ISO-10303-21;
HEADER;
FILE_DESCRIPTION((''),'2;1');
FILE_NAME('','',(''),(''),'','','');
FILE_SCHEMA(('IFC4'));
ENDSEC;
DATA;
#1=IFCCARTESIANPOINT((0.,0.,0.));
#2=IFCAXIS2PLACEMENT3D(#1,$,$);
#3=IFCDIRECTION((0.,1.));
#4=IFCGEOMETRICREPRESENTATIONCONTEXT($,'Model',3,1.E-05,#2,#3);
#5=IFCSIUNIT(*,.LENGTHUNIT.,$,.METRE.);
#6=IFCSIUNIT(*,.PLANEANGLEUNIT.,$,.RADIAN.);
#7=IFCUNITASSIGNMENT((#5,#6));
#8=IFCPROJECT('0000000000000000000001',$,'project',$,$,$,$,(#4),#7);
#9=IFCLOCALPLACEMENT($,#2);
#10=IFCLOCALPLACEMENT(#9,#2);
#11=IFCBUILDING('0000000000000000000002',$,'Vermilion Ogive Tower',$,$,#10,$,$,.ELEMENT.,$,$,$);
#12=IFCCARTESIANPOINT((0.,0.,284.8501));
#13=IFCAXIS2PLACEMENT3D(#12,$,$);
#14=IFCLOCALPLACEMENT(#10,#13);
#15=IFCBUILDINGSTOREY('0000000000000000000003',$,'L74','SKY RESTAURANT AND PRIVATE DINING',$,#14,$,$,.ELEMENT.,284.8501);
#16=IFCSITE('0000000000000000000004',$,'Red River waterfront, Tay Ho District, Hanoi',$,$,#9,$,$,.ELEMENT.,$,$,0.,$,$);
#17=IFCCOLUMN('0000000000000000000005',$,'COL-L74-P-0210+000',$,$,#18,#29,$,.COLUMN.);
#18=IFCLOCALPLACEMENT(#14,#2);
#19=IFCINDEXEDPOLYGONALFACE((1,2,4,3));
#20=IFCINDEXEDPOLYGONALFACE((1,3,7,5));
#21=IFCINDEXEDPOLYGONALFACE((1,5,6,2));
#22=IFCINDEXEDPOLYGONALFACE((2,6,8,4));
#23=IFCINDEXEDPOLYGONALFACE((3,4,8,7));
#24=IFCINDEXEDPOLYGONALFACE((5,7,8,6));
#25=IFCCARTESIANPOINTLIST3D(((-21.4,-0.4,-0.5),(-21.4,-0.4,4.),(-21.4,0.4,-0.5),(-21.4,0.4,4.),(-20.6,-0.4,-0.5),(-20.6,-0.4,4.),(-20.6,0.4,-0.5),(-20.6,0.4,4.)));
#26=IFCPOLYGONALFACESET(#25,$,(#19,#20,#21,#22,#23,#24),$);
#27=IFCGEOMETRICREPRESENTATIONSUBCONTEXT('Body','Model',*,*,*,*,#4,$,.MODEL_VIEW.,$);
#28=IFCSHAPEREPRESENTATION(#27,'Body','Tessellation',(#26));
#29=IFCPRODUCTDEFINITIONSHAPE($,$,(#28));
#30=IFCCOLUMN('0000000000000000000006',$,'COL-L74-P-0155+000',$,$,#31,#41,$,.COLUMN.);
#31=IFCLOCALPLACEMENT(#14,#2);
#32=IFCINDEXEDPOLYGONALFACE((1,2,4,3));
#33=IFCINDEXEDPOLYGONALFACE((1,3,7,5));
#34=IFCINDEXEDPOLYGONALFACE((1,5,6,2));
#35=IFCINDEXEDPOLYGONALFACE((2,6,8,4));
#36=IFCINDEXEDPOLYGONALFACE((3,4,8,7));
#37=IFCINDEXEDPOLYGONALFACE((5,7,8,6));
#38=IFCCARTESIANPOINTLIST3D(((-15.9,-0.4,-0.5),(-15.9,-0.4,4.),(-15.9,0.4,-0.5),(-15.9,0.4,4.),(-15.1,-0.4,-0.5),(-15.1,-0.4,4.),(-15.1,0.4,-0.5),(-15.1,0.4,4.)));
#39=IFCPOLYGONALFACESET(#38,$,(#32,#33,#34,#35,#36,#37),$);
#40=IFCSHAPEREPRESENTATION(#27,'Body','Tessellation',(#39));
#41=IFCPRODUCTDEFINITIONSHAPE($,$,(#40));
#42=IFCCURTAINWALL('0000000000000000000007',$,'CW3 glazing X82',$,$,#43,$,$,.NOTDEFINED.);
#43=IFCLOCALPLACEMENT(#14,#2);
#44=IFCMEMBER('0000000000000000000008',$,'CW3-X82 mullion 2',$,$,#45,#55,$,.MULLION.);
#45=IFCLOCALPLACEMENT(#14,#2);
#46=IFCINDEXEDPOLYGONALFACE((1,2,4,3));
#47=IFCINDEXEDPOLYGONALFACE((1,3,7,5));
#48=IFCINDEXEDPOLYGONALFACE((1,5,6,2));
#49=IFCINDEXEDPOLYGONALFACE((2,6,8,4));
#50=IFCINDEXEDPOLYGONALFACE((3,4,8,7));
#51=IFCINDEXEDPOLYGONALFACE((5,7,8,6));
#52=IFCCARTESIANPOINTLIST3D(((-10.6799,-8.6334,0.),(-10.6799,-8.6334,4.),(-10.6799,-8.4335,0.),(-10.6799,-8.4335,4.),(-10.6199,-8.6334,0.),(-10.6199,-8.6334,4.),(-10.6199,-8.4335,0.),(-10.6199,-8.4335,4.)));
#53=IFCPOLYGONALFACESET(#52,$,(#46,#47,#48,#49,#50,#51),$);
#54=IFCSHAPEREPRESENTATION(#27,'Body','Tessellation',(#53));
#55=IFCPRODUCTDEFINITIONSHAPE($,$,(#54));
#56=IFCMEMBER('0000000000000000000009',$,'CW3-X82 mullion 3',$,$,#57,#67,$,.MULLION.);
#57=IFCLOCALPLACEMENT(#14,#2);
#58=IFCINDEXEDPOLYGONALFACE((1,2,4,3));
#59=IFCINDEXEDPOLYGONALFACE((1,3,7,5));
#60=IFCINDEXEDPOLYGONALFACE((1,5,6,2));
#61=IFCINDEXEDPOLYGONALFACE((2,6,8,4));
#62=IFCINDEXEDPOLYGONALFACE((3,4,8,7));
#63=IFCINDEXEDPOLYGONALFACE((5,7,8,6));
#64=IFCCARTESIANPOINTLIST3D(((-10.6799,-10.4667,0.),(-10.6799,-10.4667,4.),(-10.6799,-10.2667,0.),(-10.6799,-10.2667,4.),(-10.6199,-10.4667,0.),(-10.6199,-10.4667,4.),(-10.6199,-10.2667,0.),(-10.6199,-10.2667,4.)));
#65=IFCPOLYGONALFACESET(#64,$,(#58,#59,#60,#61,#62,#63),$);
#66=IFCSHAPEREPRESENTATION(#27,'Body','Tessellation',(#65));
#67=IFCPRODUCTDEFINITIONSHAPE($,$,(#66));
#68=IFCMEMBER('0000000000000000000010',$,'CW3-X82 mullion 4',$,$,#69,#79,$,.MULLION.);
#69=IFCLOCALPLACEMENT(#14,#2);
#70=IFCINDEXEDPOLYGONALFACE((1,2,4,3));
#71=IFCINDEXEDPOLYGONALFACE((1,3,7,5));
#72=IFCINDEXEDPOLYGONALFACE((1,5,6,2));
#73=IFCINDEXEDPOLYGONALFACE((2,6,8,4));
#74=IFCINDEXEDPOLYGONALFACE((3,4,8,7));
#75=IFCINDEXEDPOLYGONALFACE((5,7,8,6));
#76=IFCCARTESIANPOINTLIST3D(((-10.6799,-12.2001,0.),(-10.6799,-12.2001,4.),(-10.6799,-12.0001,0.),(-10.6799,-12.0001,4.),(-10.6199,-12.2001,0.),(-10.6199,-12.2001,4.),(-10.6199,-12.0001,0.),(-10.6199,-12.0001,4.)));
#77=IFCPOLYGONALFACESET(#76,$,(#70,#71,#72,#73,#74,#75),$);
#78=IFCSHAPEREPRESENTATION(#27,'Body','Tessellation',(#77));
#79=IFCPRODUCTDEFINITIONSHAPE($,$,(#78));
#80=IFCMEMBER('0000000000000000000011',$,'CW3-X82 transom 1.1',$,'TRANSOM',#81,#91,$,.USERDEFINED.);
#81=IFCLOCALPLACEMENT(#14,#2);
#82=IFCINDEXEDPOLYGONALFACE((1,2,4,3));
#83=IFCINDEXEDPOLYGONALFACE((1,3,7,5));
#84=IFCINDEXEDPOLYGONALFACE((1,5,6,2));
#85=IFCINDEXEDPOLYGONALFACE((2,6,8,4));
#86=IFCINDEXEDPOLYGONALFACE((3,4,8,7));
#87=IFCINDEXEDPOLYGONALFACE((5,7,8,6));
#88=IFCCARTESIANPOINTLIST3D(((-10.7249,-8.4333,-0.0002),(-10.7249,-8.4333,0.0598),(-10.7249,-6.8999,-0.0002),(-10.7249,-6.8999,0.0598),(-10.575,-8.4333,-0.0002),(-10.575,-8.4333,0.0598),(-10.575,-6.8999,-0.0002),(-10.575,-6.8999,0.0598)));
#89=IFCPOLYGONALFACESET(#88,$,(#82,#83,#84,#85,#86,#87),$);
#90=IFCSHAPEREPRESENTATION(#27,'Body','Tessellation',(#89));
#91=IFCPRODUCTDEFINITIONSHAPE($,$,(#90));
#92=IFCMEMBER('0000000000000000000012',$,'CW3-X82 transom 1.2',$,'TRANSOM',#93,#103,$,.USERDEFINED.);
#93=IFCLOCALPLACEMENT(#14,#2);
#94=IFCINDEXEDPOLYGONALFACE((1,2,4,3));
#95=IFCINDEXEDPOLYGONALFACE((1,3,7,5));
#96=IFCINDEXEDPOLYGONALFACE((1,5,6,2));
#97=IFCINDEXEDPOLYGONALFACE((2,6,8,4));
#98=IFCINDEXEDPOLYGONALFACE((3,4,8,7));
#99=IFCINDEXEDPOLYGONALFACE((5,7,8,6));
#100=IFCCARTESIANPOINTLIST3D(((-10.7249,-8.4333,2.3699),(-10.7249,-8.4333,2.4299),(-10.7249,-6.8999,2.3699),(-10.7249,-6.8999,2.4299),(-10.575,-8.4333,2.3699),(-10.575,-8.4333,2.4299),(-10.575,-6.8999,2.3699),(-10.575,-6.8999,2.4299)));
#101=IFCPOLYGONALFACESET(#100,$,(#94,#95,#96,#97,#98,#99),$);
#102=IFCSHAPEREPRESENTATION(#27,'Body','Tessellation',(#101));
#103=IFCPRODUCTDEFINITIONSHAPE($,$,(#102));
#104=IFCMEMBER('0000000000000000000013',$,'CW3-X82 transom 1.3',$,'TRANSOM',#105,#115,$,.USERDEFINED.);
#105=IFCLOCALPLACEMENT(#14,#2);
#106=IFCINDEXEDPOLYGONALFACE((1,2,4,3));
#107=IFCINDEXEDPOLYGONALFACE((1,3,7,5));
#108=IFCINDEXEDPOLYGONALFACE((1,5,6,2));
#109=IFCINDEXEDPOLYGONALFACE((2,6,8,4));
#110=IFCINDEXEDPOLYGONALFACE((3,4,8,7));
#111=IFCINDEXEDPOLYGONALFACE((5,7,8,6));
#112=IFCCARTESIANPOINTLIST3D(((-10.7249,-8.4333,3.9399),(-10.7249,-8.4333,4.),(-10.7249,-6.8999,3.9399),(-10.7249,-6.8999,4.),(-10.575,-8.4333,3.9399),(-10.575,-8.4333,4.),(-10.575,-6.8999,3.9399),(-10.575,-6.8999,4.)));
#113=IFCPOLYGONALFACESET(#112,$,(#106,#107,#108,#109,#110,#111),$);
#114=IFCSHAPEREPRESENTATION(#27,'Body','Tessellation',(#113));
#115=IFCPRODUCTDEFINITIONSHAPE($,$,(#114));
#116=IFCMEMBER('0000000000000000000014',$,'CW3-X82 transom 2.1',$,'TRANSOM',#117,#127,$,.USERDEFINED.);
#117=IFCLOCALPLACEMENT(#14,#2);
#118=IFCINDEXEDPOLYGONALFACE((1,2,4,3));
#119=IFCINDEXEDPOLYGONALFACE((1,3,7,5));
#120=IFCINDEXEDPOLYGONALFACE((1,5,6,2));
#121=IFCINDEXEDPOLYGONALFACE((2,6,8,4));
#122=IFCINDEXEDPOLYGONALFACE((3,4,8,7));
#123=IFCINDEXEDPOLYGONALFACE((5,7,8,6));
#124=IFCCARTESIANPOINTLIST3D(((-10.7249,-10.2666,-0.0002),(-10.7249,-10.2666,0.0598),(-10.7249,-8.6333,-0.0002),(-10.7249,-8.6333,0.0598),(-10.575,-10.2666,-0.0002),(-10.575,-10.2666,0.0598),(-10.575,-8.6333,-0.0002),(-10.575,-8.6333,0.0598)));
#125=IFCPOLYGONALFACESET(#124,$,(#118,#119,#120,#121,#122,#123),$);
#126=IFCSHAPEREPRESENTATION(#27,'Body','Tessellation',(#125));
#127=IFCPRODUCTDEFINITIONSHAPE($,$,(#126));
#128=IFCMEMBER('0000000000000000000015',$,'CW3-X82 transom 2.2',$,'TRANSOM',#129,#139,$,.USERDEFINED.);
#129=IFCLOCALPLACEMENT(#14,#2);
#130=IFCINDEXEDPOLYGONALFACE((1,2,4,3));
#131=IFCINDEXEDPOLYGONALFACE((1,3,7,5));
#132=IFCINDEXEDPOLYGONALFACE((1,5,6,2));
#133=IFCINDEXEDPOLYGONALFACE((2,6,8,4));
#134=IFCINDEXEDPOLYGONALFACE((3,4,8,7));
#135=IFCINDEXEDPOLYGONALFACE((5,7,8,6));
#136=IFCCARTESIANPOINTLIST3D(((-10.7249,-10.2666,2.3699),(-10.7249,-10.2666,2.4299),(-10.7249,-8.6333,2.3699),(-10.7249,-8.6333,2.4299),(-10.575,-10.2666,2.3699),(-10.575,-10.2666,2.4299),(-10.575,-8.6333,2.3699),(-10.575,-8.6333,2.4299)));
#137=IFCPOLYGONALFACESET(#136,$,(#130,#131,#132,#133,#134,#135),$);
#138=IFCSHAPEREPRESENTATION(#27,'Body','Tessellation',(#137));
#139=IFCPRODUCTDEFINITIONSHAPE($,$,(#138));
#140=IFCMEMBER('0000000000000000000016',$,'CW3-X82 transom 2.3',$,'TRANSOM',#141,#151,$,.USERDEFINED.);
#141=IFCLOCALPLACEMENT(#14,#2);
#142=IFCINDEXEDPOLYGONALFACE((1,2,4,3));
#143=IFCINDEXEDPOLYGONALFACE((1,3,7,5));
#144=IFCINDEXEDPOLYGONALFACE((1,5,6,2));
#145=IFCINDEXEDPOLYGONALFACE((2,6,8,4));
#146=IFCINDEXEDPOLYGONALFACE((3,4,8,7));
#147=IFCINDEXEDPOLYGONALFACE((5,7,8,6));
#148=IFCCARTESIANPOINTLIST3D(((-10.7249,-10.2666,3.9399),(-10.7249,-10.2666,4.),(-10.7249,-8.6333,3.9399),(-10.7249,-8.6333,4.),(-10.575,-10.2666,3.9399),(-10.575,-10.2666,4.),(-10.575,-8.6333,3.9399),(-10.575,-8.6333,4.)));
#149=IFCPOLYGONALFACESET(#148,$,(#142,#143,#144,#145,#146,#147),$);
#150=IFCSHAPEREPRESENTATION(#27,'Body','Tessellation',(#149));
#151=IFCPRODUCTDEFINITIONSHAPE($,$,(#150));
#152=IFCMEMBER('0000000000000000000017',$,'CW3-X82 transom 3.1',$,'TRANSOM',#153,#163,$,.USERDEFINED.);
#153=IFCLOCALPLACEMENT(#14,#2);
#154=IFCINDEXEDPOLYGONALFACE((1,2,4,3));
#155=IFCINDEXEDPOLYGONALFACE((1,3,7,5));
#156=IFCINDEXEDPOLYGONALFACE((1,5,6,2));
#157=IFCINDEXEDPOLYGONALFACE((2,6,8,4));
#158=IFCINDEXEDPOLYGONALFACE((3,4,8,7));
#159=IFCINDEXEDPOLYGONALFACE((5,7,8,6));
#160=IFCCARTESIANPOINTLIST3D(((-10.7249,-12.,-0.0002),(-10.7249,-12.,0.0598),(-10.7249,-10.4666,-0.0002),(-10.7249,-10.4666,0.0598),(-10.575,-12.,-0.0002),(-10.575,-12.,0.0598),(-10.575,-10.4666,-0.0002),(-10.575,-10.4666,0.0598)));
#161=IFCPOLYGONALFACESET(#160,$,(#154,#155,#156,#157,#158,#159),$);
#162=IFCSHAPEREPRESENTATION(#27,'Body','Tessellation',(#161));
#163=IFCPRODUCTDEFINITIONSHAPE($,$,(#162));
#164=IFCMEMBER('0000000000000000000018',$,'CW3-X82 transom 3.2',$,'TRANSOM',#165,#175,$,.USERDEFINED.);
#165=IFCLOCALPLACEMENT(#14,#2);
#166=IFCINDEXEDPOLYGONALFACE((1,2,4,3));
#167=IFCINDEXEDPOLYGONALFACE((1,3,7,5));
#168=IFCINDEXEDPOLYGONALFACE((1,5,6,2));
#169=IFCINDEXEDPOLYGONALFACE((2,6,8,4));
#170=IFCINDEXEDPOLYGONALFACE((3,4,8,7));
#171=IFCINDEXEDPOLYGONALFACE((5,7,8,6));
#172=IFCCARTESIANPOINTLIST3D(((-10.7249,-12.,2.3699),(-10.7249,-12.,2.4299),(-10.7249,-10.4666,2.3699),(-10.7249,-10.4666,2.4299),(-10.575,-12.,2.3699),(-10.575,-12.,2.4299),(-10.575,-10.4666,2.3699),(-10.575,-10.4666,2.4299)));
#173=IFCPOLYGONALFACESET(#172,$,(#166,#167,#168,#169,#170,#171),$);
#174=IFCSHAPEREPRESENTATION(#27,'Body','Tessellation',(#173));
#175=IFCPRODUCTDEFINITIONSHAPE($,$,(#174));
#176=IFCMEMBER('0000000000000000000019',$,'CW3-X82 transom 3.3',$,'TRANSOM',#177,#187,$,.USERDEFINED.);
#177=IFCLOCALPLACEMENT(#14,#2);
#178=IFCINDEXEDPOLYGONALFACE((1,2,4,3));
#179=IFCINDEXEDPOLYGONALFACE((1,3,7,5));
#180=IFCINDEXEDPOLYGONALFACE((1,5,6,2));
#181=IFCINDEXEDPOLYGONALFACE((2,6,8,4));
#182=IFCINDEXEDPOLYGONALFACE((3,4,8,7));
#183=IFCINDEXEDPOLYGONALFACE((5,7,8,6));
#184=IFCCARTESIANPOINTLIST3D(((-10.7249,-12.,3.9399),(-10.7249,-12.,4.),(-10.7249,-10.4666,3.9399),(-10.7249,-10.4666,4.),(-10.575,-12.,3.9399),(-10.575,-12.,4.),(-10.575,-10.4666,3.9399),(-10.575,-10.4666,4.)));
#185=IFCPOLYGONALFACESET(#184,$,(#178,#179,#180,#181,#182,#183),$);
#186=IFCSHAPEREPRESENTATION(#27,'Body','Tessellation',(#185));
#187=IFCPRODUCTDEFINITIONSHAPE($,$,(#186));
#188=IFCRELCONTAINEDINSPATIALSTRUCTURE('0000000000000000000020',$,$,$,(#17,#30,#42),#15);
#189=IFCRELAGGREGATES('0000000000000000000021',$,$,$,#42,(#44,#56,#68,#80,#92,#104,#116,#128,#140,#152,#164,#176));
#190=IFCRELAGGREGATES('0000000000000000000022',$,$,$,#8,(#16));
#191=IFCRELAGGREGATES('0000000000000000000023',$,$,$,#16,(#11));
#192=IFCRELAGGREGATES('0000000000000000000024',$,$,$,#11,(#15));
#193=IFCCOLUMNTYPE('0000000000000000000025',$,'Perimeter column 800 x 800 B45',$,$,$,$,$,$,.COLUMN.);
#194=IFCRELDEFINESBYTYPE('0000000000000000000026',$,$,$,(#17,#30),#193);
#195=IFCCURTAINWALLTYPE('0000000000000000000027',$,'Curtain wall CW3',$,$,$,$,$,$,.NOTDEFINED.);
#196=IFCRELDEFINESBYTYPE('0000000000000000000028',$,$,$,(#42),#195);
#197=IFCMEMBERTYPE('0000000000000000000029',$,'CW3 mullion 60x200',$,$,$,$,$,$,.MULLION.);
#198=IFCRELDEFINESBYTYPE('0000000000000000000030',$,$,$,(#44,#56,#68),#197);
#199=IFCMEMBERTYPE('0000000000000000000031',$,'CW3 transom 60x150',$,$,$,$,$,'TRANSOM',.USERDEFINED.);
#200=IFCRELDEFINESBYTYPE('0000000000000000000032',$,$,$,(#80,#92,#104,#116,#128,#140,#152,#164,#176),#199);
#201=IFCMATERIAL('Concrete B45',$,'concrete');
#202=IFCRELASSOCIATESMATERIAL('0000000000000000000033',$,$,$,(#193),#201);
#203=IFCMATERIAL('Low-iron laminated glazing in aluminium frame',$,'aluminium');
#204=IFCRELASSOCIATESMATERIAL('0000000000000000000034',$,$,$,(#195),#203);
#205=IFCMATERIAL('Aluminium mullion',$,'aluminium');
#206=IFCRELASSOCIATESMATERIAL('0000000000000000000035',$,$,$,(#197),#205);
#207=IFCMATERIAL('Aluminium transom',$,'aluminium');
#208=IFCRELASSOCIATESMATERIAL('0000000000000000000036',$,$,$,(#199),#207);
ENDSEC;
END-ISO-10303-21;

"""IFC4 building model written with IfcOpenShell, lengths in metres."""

from ifc_helpers import new_model, si_unit, direction, frame, origin, origin_2d, place, context, subcontext, project, spatial, rectangle, extrude, material, material_profile, profile_set, type_object, element, aggregate, save


model = new_model("IFC4")

# Units and contexts
model_context = context("Model", 3, precision=1e-05, world=origin(), true_north=direction((0.0, 1.0)))
body_context = subcontext(model_context, "Body", "Model", "MODEL_VIEW")
ifc_project = project(units=[si_unit("LENGTHUNIT", "METRE"), si_unit("PLANEANGLEUNIT", "RADIAN")], contexts=[model_context])

# Site, building, storey
site_placement = place(None, origin())
site = spatial("IfcSite", under=ifc_project, at=site_placement, Name="Red River waterfront, Tay Ho District, Hanoi", CompositionType="ELEMENT", RefElevation=0.0)
building_placement = place(site_placement, origin())
building = spatial("IfcBuilding", under=site, at=building_placement, Name="Vermilion Ogive Tower", CompositionType="ELEMENT")
storey_placement = place(building_placement, frame((0.0, 0.0, 284.8501)))
storey = spatial("IfcBuildingStorey", under=building, at=storey_placement, Name="L74", Description="SKY RESTAURANT AND PRIVATE DINING", CompositionType="ELEMENT", Elevation=284.8501)

# Columns
ifc_material_1 = material(Name="Concrete B45", Category="concrete")
ifc_material_profile_1 = material_profile(ifc_material_1, rectangle(XDim=0.8, YDim=0.8, at=origin_2d()), Name="800 x 800")
ifc_profile_set_1 = profile_set([ifc_material_profile_1], Name="Concrete B45")
column_type = type_object("IfcColumnType", Name="Perimeter column 800 x 800 B45", PredefinedType="COLUMN", material=ifc_profile_set_1)
for number, where, z_axis, x_axis, name in (
    (1, (-21.0, 0.0, -0.5), (0.0, 0.0, 1.0), (1.0, 0.0, 0.0), "COL-L74-P-0210+000"),
    (2, (-15.5, 0.0, -0.5), (0.0, 0.0, 1.0), (1.0, 0.0, 0.0), "COL-L74-P-0155+000"),
):
    element("IfcColumn", number, at=place(storey_placement, frame(where, z_axis=z_axis, x_axis=x_axis)), inside=storey, type_object=column_type, Name=name, PredefinedType="COLUMN", context=body_context, shape_type="SweptSolid", body=[
        extrude(rectangle(XDim=0.8, YDim=0.8, at=origin_2d()), origin(), (0.0, 0.0, 1.0), 4.5),
    ])

# Curtain wall, members
ifc_material_2 = material(Name="Low-iron laminated glazing in aluminium frame", Category="aluminium")
curtain_wall_type = type_object("IfcCurtainWallType", Name="Curtain wall CW3", PredefinedType="NOTDEFINED", material=ifc_material_2)
curtain_wall_placement = place(storey_placement, origin())
curtain_wall = element("IfcCurtainWall", 3, at=curtain_wall_placement, inside=storey, type_object=curtain_wall_type, Name="CW3 glazing X82", PredefinedType="NOTDEFINED")
ifc_material_3 = material(Name="Aluminium mullion", Category="aluminium")
ifc_material_profile_2 = material_profile(ifc_material_3, rectangle(XDim=0.0601, YDim=0.2, at=origin_2d()), Name="AL 60x200")
ifc_profile_set_2 = profile_set([ifc_material_profile_2], Name="Aluminium mullion")
member_type_1 = type_object("IfcMemberType", Name="CW3 mullion 60x200", PredefinedType="MULLION", material=ifc_profile_set_2)
member_1_placement = place(storey_placement, frame((-10.6499, -8.5334, 0.0), z_axis=(0.0, 0.0, 1.0), x_axis=(1.0, 0.0, 0.0)))
member_1 = element("IfcMember", 4, at=member_1_placement, type_object=member_type_1, Name="CW3-X82 mullion 2", PredefinedType="MULLION", context=body_context, shape_type="SweptSolid", body=[
    extrude(rectangle(XDim=0.0601, YDim=0.2, at=origin_2d()), origin(), (0.0, 0.0, 1.0), 4.0),
])
member_2_placement = place(storey_placement, frame((-10.6499, -10.3667, 0.0), z_axis=(0.0, 0.0, 1.0), x_axis=(1.0, 0.0, 0.0)))
member_2 = element("IfcMember", 5, at=member_2_placement, type_object=member_type_1, Name="CW3-X82 mullion 3", PredefinedType="MULLION", context=body_context, shape_type="SweptSolid", body=[
    extrude(rectangle(XDim=0.0601, YDim=0.2, at=origin_2d()), origin(), (0.0, 0.0, 1.0), 4.0),
])
member_3_placement = place(storey_placement, frame((-10.6499, -12.1001, 0.0), z_axis=(0.0, 0.0, 1.0), x_axis=(1.0, 0.0, 0.0)))
member_3 = element("IfcMember", 6, at=member_3_placement, type_object=member_type_1, Name="CW3-X82 mullion 4", PredefinedType="MULLION", context=body_context, shape_type="SweptSolid", body=[
    extrude(rectangle(XDim=0.0601, YDim=0.2, at=origin_2d()), origin(), (0.0, 0.0, 1.0), 4.0),
])
ifc_material_4 = material(Name="Aluminium transom", Category="aluminium")
ifc_material_profile_3 = material_profile(ifc_material_4, rectangle(XDim=0.1499, YDim=0.0601, at=origin_2d()), Name="AL 60x150")
ifc_profile_set_3 = profile_set([ifc_material_profile_3], Name="Aluminium transom")
member_type_2 = type_object("IfcMemberType", Name="CW3 transom 60x150", ElementType="TRANSOM", PredefinedType="USERDEFINED", material=ifc_profile_set_3)
member_4_placement = place(storey_placement, frame((-10.6499, -6.8999, 0.0298), z_axis=(0.0, -1.0, 0.0), x_axis=(1.0, 0.0, 0.0)))
member_4 = element("IfcMember", 7, at=member_4_placement, type_object=member_type_2, Name="CW3-X82 transom 1.1", ObjectType="TRANSOM", PredefinedType="USERDEFINED", context=body_context, shape_type="SweptSolid", body=[
    extrude(rectangle(XDim=0.1499, YDim=0.0601, at=origin_2d()), origin(), (0.0, 0.0, 1.0), 1.5334),
])
member_5_placement = place(storey_placement, frame((-10.6499, -6.8999, 2.3999), z_axis=(0.0, -1.0, 0.0), x_axis=(1.0, 0.0, 0.0)))
member_5 = element("IfcMember", 8, at=member_5_placement, type_object=member_type_2, Name="CW3-X82 transom 1.2", ObjectType="TRANSOM", PredefinedType="USERDEFINED", context=body_context, shape_type="SweptSolid", body=[
    extrude(rectangle(XDim=0.1499, YDim=0.0601, at=origin_2d()), origin(), (0.0, 0.0, 1.0), 1.5334),
])
member_6_placement = place(storey_placement, frame((-10.6499, -6.8999, 3.97), z_axis=(0.0, -1.0, 0.0), x_axis=(1.0, 0.0, 0.0)))
member_6 = element("IfcMember", 9, at=member_6_placement, type_object=member_type_2, Name="CW3-X82 transom 1.3", ObjectType="TRANSOM", PredefinedType="USERDEFINED", context=body_context, shape_type="SweptSolid", body=[
    extrude(rectangle(XDim=0.1499, YDim=0.0601, at=origin_2d()), origin(), (0.0, 0.0, 1.0), 1.5334),
])
member_7_placement = place(storey_placement, frame((-10.6499, -8.6333, 0.0298), z_axis=(0.0, -1.0, 0.0), x_axis=(1.0, 0.0, 0.0)))
member_7 = element("IfcMember", 10, at=member_7_placement, type_object=member_type_2, Name="CW3-X82 transom 2.1", ObjectType="TRANSOM", PredefinedType="USERDEFINED", context=body_context, shape_type="SweptSolid", body=[
    extrude(rectangle(XDim=0.1499, YDim=0.0601, at=origin_2d()), origin(), (0.0, 0.0, 1.0), 1.6333),
])
member_8_placement = place(storey_placement, frame((-10.6499, -8.6333, 2.3999), z_axis=(0.0, -1.0, 0.0), x_axis=(1.0, 0.0, 0.0)))
member_8 = element("IfcMember", 11, at=member_8_placement, type_object=member_type_2, Name="CW3-X82 transom 2.2", ObjectType="TRANSOM", PredefinedType="USERDEFINED", context=body_context, shape_type="SweptSolid", body=[
    extrude(rectangle(XDim=0.1499, YDim=0.0601, at=origin_2d()), origin(), (0.0, 0.0, 1.0), 1.6333),
])
member_9_placement = place(storey_placement, frame((-10.6499, -8.6333, 3.97), z_axis=(0.0, -1.0, 0.0), x_axis=(1.0, 0.0, 0.0)))
member_9 = element("IfcMember", 12, at=member_9_placement, type_object=member_type_2, Name="CW3-X82 transom 2.3", ObjectType="TRANSOM", PredefinedType="USERDEFINED", context=body_context, shape_type="SweptSolid", body=[
    extrude(rectangle(XDim=0.1499, YDim=0.0601, at=origin_2d()), origin(), (0.0, 0.0, 1.0), 1.6333),
])
member_10_placement = place(storey_placement, frame((-10.6499, -10.4666, 0.0298), z_axis=(0.0, -1.0, 0.0), x_axis=(1.0, 0.0, 0.0)))
member_10 = element("IfcMember", 13, at=member_10_placement, type_object=member_type_2, Name="CW3-X82 transom 3.1", ObjectType="TRANSOM", PredefinedType="USERDEFINED", context=body_context, shape_type="SweptSolid", body=[
    extrude(rectangle(XDim=0.1499, YDim=0.0601, at=origin_2d()), origin(), (0.0, 0.0, 1.0), 1.5334),
])
member_11_placement = place(storey_placement, frame((-10.6499, -10.4666, 2.3999), z_axis=(0.0, -1.0, 0.0), x_axis=(1.0, 0.0, 0.0)))
member_11 = element("IfcMember", 14, at=member_11_placement, type_object=member_type_2, Name="CW3-X82 transom 3.2", ObjectType="TRANSOM", PredefinedType="USERDEFINED", context=body_context, shape_type="SweptSolid", body=[
    extrude(rectangle(XDim=0.1499, YDim=0.0601, at=origin_2d()), origin(), (0.0, 0.0, 1.0), 1.5334),
])
member_12_placement = place(storey_placement, frame((-10.6499, -10.4666, 3.97), z_axis=(0.0, -1.0, 0.0), x_axis=(1.0, 0.0, 0.0)))
member_12 = element("IfcMember", 15, at=member_12_placement, type_object=member_type_2, Name="CW3-X82 transom 3.3", ObjectType="TRANSOM", PredefinedType="USERDEFINED", context=body_context, shape_type="SweptSolid", body=[
    extrude(rectangle(XDim=0.1499, YDim=0.0601, at=origin_2d()), origin(), (0.0, 0.0, 1.0), 1.5334),
])

aggregate(curtain_wall, [member_1, member_2, member_3, member_4, member_5, member_6, member_7, member_8, member_9, member_10, member_11, member_12])

save(model, "model.ifc")
